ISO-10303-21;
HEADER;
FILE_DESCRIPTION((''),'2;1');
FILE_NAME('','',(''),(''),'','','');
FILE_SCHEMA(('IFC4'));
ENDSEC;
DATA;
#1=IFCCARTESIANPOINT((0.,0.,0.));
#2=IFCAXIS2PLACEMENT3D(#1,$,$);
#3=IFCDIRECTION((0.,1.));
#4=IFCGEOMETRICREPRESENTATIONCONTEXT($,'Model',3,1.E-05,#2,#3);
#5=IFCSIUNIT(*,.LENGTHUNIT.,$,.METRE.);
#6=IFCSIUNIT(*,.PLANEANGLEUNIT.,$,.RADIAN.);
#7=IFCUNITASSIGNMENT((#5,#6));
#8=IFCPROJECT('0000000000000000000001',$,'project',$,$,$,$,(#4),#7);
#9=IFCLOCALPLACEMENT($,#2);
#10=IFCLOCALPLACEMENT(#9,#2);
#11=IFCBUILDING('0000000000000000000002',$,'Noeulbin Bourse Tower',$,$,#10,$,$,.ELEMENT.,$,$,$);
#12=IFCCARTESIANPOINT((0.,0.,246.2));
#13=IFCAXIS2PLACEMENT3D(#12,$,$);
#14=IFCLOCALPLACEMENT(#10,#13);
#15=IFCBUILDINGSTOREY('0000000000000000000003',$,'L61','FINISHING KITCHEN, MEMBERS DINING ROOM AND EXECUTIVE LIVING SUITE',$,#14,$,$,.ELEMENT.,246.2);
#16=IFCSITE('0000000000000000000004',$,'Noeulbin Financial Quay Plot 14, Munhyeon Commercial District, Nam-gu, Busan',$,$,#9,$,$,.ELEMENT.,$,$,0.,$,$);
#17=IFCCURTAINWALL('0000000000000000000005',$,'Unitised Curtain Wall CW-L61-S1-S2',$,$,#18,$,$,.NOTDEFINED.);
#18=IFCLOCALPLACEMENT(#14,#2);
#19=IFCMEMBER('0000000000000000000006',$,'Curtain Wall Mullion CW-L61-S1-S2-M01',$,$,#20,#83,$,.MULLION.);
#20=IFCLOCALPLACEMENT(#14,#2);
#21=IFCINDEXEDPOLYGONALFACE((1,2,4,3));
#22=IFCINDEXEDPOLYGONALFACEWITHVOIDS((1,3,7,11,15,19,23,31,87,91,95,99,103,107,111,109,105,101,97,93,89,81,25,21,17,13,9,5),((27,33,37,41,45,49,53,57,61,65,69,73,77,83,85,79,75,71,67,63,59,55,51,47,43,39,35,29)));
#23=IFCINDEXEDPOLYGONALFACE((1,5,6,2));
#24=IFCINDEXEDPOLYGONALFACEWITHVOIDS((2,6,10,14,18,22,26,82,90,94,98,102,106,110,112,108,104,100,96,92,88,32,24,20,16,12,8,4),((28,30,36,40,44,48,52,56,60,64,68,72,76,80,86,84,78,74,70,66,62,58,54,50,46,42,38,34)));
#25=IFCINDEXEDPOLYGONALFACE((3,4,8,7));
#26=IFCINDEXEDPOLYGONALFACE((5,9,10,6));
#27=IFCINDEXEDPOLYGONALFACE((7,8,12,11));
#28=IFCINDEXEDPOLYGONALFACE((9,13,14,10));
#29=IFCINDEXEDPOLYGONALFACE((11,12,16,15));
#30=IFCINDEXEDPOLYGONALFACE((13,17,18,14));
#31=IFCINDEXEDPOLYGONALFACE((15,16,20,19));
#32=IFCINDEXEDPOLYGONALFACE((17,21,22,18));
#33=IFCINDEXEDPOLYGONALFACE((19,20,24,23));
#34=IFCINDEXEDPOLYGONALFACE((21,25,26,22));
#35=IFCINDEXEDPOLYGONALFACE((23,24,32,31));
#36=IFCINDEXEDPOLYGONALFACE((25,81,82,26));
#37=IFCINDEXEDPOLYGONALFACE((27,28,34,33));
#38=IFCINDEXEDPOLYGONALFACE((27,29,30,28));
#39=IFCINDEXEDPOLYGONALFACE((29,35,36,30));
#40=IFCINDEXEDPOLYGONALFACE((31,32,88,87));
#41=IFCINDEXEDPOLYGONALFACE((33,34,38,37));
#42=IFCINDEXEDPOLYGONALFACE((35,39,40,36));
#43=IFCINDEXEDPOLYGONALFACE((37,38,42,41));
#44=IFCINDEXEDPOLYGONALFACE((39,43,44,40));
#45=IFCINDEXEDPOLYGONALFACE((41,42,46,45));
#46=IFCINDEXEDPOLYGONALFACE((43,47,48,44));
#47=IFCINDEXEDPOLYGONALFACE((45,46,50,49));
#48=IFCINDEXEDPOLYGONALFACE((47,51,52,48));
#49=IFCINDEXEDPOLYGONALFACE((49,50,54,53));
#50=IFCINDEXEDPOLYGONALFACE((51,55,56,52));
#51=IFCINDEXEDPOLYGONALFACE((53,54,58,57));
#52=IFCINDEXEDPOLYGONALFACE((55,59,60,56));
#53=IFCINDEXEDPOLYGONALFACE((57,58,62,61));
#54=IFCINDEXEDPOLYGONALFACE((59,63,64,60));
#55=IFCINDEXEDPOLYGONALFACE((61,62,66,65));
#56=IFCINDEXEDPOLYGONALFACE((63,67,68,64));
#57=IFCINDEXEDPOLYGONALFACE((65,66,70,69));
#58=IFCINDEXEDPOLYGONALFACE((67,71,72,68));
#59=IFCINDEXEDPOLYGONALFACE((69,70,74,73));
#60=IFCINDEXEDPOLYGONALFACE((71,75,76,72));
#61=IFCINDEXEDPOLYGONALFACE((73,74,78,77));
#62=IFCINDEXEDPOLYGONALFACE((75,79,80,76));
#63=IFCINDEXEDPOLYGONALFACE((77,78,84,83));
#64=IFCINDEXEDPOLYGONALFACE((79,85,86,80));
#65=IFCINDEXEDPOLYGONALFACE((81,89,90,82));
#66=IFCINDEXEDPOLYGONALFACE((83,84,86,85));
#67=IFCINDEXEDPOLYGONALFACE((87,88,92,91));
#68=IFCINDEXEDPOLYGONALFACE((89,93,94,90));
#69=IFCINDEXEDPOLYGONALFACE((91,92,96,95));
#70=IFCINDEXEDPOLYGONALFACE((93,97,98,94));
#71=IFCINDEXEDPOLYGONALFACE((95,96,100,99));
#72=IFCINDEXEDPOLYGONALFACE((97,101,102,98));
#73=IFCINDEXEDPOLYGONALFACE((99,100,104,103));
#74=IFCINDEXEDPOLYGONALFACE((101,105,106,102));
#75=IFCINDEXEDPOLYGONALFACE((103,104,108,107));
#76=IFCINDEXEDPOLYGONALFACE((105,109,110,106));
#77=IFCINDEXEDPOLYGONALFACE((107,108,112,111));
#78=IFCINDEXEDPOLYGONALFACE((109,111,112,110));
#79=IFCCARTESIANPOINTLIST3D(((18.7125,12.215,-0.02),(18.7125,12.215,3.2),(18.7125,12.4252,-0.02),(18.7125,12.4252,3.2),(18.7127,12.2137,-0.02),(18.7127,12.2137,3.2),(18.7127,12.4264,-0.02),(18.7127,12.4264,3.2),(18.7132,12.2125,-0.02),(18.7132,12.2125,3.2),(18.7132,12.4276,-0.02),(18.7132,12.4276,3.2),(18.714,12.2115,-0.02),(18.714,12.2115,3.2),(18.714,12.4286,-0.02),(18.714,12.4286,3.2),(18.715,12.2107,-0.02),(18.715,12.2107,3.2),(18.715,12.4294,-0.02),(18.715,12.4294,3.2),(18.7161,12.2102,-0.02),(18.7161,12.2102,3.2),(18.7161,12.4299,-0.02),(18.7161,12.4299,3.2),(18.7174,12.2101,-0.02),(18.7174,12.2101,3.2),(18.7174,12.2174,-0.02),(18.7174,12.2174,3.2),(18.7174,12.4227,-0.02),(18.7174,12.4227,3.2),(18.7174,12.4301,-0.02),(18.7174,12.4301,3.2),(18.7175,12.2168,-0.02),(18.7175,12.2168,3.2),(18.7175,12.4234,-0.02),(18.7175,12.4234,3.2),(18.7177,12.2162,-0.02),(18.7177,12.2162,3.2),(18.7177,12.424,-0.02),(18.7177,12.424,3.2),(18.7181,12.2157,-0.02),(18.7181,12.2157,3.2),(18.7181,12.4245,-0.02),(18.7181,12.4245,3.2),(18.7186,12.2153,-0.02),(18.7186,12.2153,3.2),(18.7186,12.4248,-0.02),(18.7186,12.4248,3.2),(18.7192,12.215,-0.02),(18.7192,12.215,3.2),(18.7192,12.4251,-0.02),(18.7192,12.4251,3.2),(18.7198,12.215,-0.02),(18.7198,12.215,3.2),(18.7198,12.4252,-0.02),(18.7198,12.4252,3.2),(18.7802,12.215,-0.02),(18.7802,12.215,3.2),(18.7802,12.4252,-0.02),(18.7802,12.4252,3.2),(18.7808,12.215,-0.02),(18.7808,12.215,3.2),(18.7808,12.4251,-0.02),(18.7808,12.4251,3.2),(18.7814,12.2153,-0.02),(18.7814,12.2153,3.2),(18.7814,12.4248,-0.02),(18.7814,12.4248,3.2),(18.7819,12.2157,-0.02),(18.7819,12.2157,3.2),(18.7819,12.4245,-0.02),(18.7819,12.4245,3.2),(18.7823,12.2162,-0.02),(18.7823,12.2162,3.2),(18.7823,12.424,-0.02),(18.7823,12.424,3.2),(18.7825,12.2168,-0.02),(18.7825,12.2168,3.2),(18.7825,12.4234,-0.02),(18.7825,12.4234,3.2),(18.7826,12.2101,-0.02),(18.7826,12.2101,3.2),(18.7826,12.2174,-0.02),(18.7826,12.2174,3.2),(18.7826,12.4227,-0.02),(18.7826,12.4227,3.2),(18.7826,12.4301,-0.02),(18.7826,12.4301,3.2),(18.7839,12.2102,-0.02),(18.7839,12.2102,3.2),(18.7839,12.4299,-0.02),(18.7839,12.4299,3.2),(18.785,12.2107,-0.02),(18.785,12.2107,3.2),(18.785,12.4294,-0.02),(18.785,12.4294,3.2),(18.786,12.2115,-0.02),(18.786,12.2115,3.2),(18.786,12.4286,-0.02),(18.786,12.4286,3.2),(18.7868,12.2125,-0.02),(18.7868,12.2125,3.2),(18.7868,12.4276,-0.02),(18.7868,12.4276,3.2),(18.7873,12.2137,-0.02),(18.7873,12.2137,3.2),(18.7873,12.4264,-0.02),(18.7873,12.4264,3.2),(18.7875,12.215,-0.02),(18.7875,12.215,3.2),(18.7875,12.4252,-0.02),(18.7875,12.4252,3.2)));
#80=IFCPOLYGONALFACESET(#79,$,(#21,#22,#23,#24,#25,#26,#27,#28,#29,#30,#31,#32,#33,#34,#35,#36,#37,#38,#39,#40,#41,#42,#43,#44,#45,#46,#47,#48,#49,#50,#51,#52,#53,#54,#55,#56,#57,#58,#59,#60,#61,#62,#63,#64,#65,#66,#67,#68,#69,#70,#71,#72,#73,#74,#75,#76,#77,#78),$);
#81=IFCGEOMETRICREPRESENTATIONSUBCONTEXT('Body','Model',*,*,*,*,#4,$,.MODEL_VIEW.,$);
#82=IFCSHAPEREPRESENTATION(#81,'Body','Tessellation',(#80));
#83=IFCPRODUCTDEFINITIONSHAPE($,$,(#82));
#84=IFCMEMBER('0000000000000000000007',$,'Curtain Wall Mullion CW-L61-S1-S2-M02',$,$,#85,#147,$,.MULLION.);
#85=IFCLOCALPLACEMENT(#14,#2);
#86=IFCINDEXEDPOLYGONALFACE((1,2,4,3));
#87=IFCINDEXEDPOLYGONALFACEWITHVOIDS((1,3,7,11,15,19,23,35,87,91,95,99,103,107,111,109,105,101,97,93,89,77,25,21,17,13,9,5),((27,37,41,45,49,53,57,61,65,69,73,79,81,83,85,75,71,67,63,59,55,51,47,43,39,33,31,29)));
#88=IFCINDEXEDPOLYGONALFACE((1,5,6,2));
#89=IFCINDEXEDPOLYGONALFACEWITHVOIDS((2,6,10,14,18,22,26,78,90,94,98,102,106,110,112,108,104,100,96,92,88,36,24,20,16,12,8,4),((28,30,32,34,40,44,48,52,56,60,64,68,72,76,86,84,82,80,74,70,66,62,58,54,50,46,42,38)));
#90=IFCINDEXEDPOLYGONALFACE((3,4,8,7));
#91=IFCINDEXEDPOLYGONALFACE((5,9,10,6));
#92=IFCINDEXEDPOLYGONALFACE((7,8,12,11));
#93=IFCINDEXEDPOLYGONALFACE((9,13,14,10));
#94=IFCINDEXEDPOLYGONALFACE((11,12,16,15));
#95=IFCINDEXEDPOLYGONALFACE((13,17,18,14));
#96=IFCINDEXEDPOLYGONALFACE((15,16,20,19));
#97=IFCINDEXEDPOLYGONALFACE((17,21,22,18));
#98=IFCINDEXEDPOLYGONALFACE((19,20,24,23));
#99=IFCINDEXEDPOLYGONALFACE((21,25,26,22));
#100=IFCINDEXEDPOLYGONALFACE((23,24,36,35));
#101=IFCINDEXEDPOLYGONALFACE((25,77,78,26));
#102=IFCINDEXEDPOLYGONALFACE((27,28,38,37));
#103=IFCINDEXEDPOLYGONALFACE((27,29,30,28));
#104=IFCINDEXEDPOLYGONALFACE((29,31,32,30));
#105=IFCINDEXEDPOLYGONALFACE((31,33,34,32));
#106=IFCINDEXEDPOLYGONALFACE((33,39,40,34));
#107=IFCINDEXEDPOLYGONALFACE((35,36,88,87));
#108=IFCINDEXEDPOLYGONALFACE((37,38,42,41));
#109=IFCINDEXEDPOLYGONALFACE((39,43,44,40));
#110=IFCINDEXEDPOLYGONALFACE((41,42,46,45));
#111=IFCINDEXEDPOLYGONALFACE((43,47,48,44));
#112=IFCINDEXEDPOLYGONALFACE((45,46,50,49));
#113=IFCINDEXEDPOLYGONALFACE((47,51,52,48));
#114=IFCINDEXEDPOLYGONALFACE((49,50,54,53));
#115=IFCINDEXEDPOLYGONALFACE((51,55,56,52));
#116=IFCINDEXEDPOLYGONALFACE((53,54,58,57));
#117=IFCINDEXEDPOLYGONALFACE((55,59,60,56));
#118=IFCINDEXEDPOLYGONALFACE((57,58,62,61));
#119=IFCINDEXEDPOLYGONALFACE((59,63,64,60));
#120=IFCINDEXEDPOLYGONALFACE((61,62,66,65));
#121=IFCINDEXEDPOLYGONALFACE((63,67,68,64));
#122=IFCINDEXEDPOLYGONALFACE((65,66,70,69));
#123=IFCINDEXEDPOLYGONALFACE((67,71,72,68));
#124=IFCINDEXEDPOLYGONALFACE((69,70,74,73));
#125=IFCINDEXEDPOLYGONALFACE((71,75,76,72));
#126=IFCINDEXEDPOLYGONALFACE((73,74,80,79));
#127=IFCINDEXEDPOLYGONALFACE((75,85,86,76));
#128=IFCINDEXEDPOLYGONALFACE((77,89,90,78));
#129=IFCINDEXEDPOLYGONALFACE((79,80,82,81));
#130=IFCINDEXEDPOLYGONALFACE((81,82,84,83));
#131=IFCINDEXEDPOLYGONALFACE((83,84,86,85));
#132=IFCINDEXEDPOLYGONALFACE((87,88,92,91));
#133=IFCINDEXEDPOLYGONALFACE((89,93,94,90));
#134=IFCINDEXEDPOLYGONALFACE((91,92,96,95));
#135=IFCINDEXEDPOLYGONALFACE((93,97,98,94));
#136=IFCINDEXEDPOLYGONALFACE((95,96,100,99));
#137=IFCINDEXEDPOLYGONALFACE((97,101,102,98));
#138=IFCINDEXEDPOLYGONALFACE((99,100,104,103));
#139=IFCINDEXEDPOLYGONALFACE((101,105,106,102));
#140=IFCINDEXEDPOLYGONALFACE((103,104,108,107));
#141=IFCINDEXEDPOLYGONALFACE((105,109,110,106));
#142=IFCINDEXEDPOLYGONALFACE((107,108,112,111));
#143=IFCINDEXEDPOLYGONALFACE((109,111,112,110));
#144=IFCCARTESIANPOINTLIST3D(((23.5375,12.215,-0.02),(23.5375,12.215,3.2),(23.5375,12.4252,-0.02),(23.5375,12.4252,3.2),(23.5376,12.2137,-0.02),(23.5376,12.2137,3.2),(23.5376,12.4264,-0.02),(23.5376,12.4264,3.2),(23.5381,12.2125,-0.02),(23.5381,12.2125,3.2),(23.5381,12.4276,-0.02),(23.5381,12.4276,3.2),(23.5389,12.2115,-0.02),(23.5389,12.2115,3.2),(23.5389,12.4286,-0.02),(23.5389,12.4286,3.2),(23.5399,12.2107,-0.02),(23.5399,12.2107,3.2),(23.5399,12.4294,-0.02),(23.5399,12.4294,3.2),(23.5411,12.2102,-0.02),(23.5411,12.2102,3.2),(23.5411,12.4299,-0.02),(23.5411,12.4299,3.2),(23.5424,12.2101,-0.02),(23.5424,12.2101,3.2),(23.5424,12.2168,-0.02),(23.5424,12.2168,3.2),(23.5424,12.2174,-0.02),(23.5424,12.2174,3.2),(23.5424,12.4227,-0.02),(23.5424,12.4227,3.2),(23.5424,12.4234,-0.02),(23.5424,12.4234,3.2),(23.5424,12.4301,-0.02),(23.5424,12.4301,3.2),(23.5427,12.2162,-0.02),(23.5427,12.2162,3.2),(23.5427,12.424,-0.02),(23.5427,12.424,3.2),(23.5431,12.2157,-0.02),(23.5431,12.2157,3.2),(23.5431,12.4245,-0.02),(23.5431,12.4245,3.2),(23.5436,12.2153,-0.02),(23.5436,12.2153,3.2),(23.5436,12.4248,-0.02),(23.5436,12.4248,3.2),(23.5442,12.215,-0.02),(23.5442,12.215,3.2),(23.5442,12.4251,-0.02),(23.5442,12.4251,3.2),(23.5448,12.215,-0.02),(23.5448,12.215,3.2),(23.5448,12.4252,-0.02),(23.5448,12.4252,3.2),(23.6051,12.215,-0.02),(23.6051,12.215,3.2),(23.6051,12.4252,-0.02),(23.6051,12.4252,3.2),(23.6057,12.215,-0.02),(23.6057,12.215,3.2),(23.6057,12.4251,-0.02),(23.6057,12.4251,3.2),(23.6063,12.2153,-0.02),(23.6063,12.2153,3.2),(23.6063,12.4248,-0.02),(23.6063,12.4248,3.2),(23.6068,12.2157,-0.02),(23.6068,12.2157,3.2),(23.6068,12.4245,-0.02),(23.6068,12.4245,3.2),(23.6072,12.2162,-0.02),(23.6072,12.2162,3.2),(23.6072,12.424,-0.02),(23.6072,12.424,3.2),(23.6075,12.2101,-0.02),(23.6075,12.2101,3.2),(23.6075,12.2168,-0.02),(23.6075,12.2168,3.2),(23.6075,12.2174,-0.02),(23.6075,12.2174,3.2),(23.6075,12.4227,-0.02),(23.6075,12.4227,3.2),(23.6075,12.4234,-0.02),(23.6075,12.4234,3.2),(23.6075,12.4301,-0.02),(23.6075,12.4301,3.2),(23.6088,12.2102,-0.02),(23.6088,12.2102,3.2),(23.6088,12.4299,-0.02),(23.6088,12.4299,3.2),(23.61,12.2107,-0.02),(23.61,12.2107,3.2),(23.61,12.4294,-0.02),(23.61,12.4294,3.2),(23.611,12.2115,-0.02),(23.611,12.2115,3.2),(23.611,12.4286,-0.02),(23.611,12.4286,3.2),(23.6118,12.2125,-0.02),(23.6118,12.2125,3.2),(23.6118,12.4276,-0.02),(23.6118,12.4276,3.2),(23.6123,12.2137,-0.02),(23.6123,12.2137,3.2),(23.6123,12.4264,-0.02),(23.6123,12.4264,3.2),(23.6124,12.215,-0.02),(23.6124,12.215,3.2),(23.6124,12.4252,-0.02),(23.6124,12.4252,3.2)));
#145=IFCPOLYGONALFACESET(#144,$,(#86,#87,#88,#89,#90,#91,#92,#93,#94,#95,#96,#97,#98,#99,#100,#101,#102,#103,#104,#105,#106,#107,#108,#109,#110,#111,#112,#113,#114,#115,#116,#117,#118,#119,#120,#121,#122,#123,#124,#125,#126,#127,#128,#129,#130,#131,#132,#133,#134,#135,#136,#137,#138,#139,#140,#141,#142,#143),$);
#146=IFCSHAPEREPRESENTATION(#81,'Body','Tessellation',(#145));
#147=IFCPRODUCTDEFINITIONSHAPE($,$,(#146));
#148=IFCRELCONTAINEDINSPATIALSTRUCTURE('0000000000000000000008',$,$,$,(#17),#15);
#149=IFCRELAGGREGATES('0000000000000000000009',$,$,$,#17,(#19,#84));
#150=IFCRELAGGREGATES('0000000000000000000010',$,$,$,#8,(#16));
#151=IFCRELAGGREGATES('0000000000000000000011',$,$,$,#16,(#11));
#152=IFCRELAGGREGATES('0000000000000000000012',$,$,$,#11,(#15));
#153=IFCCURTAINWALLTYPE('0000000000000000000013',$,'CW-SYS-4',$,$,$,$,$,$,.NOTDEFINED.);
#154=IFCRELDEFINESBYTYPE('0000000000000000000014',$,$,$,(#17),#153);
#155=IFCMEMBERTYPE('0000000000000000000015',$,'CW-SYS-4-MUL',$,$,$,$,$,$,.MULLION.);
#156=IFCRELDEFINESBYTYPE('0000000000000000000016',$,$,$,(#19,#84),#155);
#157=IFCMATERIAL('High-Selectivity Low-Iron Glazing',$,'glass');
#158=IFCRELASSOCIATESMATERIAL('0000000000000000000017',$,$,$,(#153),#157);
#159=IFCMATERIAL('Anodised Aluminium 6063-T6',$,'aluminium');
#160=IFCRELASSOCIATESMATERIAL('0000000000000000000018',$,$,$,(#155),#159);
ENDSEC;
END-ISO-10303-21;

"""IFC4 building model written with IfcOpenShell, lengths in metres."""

from ifc_helpers import new_model, si_unit, direction, frame, origin, origin_2d, place, context, subcontext, project, spatial, hollow_rectangle, extrude, material, material_profile, profile_set, type_object, element, aggregate, save


model = new_model("IFC4")

# Units and contexts
model_context = context("Model", 3, precision=1e-05, world=origin(), true_north=direction((0.0, 1.0)))
body_context = subcontext(model_context, "Body", "Model", "MODEL_VIEW")
ifc_project = project(units=[si_unit("LENGTHUNIT", "METRE"), si_unit("PLANEANGLEUNIT", "RADIAN")], contexts=[model_context])

# Site, building, storey
site_placement = place(None, origin())
site = spatial("IfcSite", under=ifc_project, at=site_placement, Name="Noeulbin Financial Quay Plot 14, Munhyeon Commercial District, Nam-gu, Busan", CompositionType="ELEMENT", RefElevation=0.0)
building_placement = place(site_placement, origin())
building = spatial("IfcBuilding", under=site, at=building_placement, Name="Noeulbin Bourse Tower", CompositionType="ELEMENT")
storey_placement = place(building_placement, frame((0.0, 0.0, 246.2)))
storey = spatial("IfcBuildingStorey", under=building, at=storey_placement, Name="L61", Description="FINISHING KITCHEN, MEMBERS DINING ROOM AND EXECUTIVE LIVING SUITE", CompositionType="ELEMENT", Elevation=246.2)

# Curtain wall, members
ifc_material_1 = material(Name="High-Selectivity Low-Iron Glazing", Category="glass")
curtain_wall_type = type_object("IfcCurtainWallType", Name="CW-SYS-4", PredefinedType="NOTDEFINED", material=ifc_material_1)
curtain_wall_1_placement = place(storey_placement, origin())
curtain_wall_1 = element("IfcCurtainWall", 1, at=curtain_wall_1_placement, inside=storey, type_object=curtain_wall_type, Name="Unitised Curtain Wall CW-L61-S1-S2", PredefinedType="NOTDEFINED")
ifc_material_2 = material(Name="Anodised Aluminium 6063-T6", Category="aluminium")
ifc_material_profile_1 = material_profile(ifc_material_2, hollow_rectangle(XDim=0.075, YDim=0.22, WallThickness=0.0049, InnerFilletRadius=0.0024, OuterFilletRadius=0.0049, at=origin_2d()), Name="ALU-MULL-75x220x5", Category="LoadBearing")
ifc_profile_set_1 = profile_set([ifc_material_profile_1], Name="Anodised Aluminium 6063-T6")
member_type_1 = type_object("IfcMemberType", Name="CW-SYS-4-MUL", PredefinedType="MULLION", material=ifc_profile_set_1)
member_1_placement = place(storey_placement, frame((18.75, 12.3201, -0.02), z_axis=(0.0, 0.0, 1.0), x_axis=(1.0, 0.0, 0.0)))
member_1 = element("IfcMember", 2, at=member_1_placement, type_object=member_type_1, Name="Curtain Wall Mullion CW-L61-S1-S2-M01", PredefinedType="MULLION", context=body_context, shape_type="SweptSolid", body=[
    extrude(hollow_rectangle(XDim=0.075, YDim=0.22, WallThickness=0.0049, InnerFilletRadius=0.0024, OuterFilletRadius=0.0049, at=origin_2d()), origin(), (0.0, 0.0, 1.0), 3.22),
])
member_2_placement = place(storey_placement, frame((23.575, 12.3201, -0.02), z_axis=(0.0, 0.0, 1.0), x_axis=(1.0, 0.0, 0.0)))
member_2 = element("IfcMember", 3, at=member_2_placement, type_object=member_type_1, Name="Curtain Wall Mullion CW-L61-S1-S2-M02", PredefinedType="MULLION", context=body_context, shape_type="SweptSolid", body=[
    extrude(hollow_rectangle(XDim=0.075, YDim=0.22, WallThickness=0.0049, InnerFilletRadius=0.0024, OuterFilletRadius=0.0049, at=origin_2d()), origin(), (0.0, 0.0, 1.0), 3.22),
])

aggregate(curtain_wall_1, [member_1, member_2])

save(model, "model.ifc")
